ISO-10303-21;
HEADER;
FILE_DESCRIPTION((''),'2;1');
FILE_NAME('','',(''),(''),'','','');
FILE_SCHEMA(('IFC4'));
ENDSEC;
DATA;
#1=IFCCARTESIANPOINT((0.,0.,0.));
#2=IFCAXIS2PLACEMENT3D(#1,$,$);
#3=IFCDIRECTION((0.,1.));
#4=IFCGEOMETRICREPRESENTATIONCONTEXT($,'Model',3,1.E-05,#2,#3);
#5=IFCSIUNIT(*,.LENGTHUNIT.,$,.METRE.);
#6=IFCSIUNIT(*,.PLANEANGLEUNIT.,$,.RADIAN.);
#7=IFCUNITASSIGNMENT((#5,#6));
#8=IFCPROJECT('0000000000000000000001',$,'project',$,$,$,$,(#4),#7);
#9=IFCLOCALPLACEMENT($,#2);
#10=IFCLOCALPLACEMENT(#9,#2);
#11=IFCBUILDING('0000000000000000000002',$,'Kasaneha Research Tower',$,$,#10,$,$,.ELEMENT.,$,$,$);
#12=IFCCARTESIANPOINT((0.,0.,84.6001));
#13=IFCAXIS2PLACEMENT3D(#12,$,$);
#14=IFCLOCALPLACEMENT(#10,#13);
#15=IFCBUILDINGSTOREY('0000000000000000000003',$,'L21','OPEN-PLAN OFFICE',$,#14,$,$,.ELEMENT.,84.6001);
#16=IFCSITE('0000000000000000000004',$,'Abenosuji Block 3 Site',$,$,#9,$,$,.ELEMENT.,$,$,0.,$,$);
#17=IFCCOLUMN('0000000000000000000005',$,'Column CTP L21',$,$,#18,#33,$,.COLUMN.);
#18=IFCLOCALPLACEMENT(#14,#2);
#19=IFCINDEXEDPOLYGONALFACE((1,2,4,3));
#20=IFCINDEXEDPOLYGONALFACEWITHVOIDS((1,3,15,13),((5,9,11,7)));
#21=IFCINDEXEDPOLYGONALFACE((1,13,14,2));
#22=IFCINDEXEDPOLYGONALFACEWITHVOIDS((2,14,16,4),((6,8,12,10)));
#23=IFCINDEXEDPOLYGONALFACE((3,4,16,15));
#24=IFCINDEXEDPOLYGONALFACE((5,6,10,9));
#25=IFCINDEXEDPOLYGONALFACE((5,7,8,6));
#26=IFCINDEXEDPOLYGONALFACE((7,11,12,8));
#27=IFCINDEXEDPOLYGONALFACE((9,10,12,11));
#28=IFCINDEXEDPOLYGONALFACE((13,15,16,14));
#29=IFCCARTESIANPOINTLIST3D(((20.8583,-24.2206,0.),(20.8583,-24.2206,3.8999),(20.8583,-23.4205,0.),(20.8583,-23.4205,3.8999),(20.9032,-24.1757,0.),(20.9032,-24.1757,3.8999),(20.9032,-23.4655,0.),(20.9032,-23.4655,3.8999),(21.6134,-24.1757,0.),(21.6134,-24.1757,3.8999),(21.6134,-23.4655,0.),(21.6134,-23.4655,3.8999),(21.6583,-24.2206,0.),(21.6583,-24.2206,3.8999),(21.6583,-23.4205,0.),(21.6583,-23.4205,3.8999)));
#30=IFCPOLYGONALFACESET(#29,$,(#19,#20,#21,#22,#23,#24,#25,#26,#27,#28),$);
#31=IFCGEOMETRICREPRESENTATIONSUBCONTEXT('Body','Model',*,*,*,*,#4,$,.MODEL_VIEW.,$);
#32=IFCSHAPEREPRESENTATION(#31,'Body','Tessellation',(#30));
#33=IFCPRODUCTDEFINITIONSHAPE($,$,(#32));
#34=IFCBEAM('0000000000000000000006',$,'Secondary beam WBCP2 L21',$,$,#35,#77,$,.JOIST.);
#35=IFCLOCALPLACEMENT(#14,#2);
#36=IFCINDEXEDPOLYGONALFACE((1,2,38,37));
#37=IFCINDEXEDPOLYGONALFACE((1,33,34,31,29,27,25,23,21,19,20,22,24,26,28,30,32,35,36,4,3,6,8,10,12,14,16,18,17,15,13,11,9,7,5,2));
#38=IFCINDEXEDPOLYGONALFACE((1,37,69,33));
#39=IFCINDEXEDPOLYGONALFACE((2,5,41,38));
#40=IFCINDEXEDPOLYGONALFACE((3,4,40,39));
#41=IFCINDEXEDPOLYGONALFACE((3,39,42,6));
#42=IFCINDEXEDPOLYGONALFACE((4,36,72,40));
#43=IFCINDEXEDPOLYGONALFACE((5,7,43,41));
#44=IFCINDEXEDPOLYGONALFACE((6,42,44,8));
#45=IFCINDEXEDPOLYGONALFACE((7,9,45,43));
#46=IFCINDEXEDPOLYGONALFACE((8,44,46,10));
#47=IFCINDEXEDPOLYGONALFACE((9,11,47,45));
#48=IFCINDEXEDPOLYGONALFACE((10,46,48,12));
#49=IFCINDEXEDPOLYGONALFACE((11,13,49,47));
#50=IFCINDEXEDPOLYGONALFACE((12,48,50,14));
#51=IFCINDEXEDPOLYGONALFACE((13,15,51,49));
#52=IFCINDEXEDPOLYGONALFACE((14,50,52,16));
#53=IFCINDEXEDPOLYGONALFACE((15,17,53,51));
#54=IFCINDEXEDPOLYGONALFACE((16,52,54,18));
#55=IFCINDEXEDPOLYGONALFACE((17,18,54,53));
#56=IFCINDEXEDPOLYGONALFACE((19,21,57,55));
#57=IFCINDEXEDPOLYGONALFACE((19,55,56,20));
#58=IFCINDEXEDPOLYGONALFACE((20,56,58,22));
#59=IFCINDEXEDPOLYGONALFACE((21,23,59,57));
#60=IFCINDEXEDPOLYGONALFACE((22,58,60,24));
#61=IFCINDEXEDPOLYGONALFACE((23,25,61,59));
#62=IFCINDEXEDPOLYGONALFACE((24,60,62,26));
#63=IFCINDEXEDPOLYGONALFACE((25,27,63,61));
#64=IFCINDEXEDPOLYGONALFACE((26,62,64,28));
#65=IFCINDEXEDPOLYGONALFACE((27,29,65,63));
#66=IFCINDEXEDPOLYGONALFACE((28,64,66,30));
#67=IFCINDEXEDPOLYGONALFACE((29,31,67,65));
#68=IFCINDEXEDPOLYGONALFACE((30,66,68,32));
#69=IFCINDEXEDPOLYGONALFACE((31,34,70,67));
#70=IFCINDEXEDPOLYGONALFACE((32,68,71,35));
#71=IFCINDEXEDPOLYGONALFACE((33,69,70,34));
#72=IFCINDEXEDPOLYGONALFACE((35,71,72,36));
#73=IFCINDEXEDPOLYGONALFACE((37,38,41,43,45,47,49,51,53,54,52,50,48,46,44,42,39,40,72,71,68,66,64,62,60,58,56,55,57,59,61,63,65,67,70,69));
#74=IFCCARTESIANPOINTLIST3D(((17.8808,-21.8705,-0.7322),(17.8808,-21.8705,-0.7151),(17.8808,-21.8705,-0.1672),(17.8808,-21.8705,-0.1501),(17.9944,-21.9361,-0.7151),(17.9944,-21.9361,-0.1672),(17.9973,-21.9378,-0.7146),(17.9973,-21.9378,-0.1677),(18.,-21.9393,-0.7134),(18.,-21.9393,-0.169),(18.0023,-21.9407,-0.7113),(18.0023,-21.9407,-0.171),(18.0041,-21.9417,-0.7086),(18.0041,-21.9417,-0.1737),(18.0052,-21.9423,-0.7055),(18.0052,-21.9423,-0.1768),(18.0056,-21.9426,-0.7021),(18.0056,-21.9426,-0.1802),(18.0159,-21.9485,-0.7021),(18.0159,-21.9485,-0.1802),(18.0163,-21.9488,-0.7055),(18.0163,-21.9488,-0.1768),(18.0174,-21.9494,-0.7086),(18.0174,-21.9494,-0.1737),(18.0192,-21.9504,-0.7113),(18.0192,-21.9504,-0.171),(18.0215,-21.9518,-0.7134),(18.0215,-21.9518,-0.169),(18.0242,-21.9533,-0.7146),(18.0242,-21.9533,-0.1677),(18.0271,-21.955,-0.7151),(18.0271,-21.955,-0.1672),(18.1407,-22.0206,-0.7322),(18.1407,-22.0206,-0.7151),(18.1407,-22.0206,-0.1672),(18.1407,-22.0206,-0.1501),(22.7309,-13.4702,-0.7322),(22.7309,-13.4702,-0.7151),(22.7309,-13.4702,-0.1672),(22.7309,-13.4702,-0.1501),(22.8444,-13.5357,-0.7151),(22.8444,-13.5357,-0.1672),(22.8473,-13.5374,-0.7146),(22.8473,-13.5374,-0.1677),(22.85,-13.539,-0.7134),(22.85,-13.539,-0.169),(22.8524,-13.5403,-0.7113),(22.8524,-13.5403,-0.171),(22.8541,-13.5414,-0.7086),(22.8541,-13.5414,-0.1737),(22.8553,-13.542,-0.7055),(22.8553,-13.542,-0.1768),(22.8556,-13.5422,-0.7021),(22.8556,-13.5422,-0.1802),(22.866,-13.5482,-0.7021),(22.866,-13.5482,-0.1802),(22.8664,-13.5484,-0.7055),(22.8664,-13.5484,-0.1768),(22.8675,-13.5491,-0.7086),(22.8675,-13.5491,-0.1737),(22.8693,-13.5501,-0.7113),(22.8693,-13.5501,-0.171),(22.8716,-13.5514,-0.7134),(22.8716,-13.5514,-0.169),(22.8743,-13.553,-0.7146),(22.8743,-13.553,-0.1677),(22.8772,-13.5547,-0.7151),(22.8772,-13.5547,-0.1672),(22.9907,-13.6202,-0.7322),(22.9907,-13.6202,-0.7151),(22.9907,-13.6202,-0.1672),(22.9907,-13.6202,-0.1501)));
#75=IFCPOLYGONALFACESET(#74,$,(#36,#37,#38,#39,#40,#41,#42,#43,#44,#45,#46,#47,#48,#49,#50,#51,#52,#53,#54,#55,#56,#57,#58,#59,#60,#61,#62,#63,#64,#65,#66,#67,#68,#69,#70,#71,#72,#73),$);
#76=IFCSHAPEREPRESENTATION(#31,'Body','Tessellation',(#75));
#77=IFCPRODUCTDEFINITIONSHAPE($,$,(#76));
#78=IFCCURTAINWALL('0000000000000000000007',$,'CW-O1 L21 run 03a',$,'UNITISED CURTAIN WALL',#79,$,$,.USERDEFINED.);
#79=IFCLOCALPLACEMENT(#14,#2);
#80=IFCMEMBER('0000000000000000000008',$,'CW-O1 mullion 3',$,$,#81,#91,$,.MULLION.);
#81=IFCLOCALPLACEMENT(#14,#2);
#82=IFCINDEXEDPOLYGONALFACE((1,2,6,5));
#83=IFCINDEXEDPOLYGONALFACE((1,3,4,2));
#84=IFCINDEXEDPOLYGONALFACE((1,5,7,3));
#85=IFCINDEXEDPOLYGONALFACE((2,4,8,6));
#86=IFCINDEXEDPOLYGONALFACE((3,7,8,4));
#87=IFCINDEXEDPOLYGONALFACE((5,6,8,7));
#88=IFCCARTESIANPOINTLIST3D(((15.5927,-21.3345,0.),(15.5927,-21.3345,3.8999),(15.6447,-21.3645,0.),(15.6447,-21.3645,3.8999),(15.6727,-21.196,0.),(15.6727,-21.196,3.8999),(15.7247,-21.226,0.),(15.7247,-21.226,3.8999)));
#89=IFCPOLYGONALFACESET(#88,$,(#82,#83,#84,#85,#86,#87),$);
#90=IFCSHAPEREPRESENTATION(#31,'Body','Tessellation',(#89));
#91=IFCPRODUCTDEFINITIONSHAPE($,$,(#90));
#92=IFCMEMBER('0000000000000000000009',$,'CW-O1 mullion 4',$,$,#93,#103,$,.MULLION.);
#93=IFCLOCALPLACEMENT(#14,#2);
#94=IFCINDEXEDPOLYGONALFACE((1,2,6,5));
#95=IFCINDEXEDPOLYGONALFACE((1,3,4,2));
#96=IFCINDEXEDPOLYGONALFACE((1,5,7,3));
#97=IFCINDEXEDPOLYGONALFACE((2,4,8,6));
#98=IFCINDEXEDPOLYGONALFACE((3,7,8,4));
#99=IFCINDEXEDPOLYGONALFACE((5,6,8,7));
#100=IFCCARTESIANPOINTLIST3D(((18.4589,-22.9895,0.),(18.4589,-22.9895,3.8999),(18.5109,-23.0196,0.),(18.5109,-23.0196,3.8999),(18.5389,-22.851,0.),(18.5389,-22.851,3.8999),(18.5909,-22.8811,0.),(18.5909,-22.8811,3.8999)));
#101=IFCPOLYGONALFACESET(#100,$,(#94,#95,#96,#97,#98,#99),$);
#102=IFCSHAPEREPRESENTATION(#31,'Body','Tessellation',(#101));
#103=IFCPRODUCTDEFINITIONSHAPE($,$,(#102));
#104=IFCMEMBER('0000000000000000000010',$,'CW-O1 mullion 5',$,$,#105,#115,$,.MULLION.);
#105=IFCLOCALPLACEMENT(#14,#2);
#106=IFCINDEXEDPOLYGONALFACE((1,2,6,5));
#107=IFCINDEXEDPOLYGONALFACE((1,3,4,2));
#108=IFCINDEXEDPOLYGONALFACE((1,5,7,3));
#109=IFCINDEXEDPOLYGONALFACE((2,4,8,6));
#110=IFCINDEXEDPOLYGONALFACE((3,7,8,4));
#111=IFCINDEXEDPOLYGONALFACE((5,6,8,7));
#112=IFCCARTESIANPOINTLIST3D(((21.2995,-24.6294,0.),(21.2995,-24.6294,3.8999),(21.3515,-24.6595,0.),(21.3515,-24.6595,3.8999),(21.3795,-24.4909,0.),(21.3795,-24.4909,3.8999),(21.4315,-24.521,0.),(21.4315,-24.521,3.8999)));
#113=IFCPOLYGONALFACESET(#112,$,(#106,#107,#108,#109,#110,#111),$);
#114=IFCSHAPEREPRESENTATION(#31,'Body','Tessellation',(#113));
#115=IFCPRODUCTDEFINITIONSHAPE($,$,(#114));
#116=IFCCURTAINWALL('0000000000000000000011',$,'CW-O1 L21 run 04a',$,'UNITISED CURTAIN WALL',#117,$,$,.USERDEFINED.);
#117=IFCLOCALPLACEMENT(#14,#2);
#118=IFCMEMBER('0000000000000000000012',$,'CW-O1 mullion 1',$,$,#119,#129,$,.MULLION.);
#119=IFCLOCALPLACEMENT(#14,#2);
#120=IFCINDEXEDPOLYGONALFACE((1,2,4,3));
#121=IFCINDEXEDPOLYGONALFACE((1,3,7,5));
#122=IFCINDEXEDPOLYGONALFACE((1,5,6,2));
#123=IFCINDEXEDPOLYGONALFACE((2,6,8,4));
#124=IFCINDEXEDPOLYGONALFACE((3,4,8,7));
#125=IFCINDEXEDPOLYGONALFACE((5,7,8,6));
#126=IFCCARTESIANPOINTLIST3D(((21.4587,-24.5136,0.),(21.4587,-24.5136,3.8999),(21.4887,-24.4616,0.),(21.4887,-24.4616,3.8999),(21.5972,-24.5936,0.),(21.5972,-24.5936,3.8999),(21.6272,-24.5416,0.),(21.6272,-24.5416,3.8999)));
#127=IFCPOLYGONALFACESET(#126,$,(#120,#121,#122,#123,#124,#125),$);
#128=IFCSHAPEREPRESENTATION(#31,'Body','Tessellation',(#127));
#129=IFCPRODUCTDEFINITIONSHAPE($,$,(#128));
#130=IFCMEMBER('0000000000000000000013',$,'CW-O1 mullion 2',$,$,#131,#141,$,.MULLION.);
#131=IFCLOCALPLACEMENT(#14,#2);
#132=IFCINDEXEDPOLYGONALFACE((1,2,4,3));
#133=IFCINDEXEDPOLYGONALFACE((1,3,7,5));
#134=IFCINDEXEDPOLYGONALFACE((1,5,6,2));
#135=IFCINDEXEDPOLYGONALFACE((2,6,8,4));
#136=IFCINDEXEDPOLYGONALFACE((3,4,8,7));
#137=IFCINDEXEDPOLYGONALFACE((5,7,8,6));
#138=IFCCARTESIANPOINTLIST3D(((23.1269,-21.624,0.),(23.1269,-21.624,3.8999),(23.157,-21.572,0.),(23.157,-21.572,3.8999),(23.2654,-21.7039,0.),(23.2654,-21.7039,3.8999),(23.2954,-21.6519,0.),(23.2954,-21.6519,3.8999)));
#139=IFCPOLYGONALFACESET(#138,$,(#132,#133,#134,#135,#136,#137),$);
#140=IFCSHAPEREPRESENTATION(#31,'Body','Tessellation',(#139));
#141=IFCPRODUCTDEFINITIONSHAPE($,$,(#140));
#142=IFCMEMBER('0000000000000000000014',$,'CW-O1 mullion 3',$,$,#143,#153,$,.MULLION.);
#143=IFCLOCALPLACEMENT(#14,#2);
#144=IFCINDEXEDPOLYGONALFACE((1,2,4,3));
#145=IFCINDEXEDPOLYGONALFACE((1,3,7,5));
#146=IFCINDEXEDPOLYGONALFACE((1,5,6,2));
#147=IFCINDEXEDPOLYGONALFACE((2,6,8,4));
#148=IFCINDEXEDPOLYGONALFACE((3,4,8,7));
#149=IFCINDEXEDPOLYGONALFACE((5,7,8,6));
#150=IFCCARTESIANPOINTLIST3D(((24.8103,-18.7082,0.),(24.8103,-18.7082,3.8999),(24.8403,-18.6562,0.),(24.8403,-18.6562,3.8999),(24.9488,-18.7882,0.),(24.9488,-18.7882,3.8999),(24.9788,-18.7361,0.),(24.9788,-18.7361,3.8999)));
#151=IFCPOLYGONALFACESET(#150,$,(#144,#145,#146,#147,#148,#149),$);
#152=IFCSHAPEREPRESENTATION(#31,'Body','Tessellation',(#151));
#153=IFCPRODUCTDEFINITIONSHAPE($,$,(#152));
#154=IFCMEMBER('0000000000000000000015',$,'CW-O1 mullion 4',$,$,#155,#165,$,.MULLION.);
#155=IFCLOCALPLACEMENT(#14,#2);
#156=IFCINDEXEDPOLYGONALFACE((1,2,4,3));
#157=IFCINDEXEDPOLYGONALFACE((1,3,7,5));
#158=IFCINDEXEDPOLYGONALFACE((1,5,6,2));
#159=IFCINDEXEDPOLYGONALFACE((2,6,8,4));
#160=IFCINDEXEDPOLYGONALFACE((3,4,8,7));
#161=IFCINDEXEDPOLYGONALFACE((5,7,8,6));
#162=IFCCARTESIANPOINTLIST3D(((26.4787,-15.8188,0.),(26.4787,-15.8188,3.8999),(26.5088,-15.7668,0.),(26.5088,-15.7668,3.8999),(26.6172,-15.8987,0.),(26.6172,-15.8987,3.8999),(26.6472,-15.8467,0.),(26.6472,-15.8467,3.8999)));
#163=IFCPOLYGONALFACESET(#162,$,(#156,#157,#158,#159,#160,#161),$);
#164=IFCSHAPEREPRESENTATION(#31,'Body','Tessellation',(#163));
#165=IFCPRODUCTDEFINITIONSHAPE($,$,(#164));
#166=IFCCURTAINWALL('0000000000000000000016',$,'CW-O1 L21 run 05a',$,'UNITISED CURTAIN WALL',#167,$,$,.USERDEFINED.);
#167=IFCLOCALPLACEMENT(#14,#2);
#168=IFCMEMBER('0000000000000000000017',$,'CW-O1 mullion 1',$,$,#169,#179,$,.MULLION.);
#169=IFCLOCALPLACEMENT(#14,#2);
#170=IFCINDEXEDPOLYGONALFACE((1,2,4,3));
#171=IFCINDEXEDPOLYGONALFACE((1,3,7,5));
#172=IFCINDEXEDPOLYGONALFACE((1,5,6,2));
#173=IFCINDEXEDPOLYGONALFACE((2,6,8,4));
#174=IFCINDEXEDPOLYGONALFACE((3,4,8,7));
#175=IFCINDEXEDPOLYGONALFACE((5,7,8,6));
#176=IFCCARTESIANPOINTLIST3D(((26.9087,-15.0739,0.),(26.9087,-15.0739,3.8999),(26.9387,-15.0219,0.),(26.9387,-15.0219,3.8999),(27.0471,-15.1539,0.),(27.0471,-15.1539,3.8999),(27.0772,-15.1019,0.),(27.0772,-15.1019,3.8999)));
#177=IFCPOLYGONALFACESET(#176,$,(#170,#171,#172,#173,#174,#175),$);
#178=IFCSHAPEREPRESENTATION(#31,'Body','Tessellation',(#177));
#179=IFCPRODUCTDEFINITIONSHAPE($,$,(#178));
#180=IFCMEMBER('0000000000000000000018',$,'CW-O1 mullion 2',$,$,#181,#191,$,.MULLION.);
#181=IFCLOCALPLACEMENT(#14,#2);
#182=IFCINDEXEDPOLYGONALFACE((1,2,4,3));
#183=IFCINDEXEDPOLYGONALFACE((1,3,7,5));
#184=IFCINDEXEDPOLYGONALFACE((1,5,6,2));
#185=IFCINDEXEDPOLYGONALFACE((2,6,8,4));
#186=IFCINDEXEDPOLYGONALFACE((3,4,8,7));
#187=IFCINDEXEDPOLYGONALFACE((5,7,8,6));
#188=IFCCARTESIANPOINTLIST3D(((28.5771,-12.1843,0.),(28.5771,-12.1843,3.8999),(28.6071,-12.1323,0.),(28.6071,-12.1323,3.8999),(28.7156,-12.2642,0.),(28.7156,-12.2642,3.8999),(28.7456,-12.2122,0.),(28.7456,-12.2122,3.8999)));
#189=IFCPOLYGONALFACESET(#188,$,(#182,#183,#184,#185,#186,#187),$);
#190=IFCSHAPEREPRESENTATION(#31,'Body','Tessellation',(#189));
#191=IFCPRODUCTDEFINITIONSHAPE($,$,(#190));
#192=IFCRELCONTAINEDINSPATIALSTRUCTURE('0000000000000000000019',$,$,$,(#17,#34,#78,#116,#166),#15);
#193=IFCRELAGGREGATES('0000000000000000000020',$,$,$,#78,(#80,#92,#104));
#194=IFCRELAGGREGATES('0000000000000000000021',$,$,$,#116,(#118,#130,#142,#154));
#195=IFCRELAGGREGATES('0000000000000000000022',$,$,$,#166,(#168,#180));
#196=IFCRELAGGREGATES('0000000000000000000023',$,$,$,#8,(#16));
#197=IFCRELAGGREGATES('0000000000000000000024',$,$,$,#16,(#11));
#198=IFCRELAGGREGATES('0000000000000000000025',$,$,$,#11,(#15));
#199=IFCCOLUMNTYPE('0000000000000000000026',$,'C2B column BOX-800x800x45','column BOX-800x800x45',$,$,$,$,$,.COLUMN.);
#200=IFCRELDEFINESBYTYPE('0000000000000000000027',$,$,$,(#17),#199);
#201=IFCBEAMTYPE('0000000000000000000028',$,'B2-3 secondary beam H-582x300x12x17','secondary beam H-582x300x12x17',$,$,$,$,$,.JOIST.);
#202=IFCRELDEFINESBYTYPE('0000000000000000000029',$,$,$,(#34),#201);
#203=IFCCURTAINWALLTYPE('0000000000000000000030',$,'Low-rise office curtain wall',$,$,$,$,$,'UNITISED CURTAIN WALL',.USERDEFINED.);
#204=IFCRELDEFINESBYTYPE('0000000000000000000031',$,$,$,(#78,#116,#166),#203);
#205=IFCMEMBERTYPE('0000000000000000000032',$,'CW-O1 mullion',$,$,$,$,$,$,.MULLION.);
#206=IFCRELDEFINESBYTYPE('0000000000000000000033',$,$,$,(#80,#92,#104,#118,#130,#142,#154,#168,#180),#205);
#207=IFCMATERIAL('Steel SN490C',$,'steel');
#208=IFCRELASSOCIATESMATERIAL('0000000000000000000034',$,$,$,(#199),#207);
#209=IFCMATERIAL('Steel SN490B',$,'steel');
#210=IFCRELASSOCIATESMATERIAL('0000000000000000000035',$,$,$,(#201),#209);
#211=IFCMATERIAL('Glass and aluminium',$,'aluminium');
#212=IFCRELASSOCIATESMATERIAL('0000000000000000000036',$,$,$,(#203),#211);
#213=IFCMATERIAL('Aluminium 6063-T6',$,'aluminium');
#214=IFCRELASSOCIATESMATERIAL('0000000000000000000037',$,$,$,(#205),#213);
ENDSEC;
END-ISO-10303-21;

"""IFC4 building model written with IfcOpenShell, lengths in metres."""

from ifc_helpers import new_model, si_unit, direction, frame, origin, origin_2d, place, context, subcontext, project, spatial, rectangle, hollow_rectangle, i_section, extrude, material, material_profile, profile_set, type_object, element, aggregate, save


model = new_model("IFC4")

# Units and contexts
model_context = context("Model", 3, precision=1e-05, world=origin(), true_north=direction((0.0, 1.0)))
body_context = subcontext(model_context, "Body", "Model", "MODEL_VIEW")
ifc_project = project(units=[si_unit("LENGTHUNIT", "METRE"), si_unit("PLANEANGLEUNIT", "RADIAN")], contexts=[model_context])

# Site, building, storey
site_placement = place(None, origin())
site = spatial("IfcSite", under=ifc_project, at=site_placement, Name="Abenosuji Block 3 Site", CompositionType="ELEMENT", RefElevation=0.0)
building_placement = place(site_placement, origin())
building = spatial("IfcBuilding", under=site, at=building_placement, Name="Kasaneha Research Tower", CompositionType="ELEMENT")
storey_placement = place(building_placement, frame((0.0, 0.0, 84.6001)))
storey = spatial("IfcBuildingStorey", under=building, at=storey_placement, Name="L21", Description="OPEN-PLAN OFFICE", CompositionType="ELEMENT", Elevation=84.6001)

# Column
ifc_material_1 = material(Name="Steel SN490C", Category="steel")
ifc_material_profile_1 = material_profile(ifc_material_1, hollow_rectangle(XDim=0.8, YDim=0.8, WallThickness=0.0449, at=origin_2d()), Name="BOX-800x800x45")
ifc_profile_set_1 = profile_set([ifc_material_profile_1], Name="Steel SN490C")
column_type = type_object("IfcColumnType", Name="C2B column BOX-800x800x45", Description="column BOX-800x800x45", PredefinedType="COLUMN", material=ifc_profile_set_1)
column_placement = place(storey_placement, frame((21.2583, -23.8206, 0.0), z_axis=(0.0, 0.0, 1.0), x_axis=(1.0, 0.0, 0.0)))
element("IfcColumn", 1, at=column_placement, inside=storey, type_object=column_type, Name="Column CTP L21", PredefinedType="COLUMN", context=body_context, shape_type="SweptSolid", body=[
    extrude(hollow_rectangle(XDim=0.8, YDim=0.8, WallThickness=0.0449, at=origin_2d()), origin(), (0.0, 0.0, 1.0), 3.8999),
])

# Beam
ifc_material_2 = material(Name="Steel SN490B", Category="steel")
ifc_material_profile_2 = material_profile(ifc_material_2, i_section(OverallWidth=0.3, OverallDepth=0.582, WebThickness=0.012, FlangeThickness=0.0171, FilletRadius=0.0129, at=origin_2d()), Name="H-582x300x12x17")
ifc_profile_set_2 = profile_set([ifc_material_profile_2], Name="Steel SN490B")
beam_type_1 = type_object("IfcBeamType", Name="B2-3 secondary beam H-582x300x12x17", Description="secondary beam H-582x300x12x17", PredefinedType="JOIST", material=ifc_profile_set_2)
beam_1_placement = place(storey_placement, frame((18.0107, -21.9456, -0.4412), z_axis=(0.50001, 0.86602, 0.0), x_axis=(-0.86602, 0.50001, 0.0)))
element("IfcBeam", 2, at=beam_1_placement, inside=storey, type_object=beam_type_1, Name="Secondary beam WBCP2 L21", PredefinedType="JOIST", context=body_context, shape_type="SweptSolid", body=[
    extrude(i_section(OverallWidth=0.3, OverallDepth=0.582, WebThickness=0.012, FlangeThickness=0.0171, FilletRadius=0.0129, at=origin_2d()), origin(), (0.0, 0.0, 1.0), 9.7),
])

# Curtain walls, members
ifc_material_3 = material(Name="Glass and aluminium", Category="aluminium")
curtain_wall_type = type_object("IfcCurtainWallType", Name="Low-rise office curtain wall", ElementType="UNITISED CURTAIN WALL", PredefinedType="USERDEFINED", material=ifc_material_3)
curtain_wall_1_placement = place(storey_placement, origin())
curtain_wall_1 = element("IfcCurtainWall", 3, at=curtain_wall_1_placement, inside=storey, type_object=curtain_wall_type, Name="CW-O1 L21 run 03a", ObjectType="UNITISED CURTAIN WALL", PredefinedType="USERDEFINED")
ifc_material_4 = material(Name="Aluminium 6063-T6", Category="aluminium")
ifc_material_profile_3 = material_profile(ifc_material_4, rectangle(XDim=0.0601, YDim=0.1599, at=origin_2d()), Name="CW-O1 mullion 60x160")
ifc_profile_set_3 = profile_set([ifc_material_profile_3], Name="Aluminium 6063-T6")
member_type_1 = type_object("IfcMemberType", Name="CW-O1 mullion", PredefinedType="MULLION", material=ifc_profile_set_3)
member_1_placement = place(storey_placement, frame((15.6587, -21.2803, 0.0), z_axis=(0.0, 0.0, 1.0), x_axis=(0.866025, -0.5, 0.0)))
member_1 = element("IfcMember", 4, at=member_1_placement, type_object=member_type_1, Name="CW-O1 mullion 3", PredefinedType="MULLION", context=body_context, shape_type="SweptSolid", body=[
    extrude(rectangle(XDim=0.0601, YDim=0.1599, at=origin_2d()), origin(), (0.0, 0.0, 1.0), 3.8999),
])
member_2_placement = place(storey_placement, frame((18.5249, -22.9353, 0.0), z_axis=(0.0, 0.0, 1.0), x_axis=(0.866025, -0.5, 0.0)))
member_2 = element("IfcMember", 5, at=member_2_placement, type_object=member_type_1, Name="CW-O1 mullion 4", PredefinedType="MULLION", context=body_context, shape_type="SweptSolid", body=[
    extrude(rectangle(XDim=0.0601, YDim=0.1599, at=origin_2d()), origin(), (0.0, 0.0, 1.0), 3.8999),
])
member_3_placement = place(storey_placement, frame((21.3655, -24.5752, 0.0), z_axis=(0.0, 0.0, 1.0), x_axis=(0.866025, -0.5, 0.0)))
member_3 = element("IfcMember", 6, at=member_3_placement, type_object=member_type_1, Name="CW-O1 mullion 5", PredefinedType="MULLION", context=body_context, shape_type="SweptSolid", body=[
    extrude(rectangle(XDim=0.0601, YDim=0.1599, at=origin_2d()), origin(), (0.0, 0.0, 1.0), 3.8999),
])
curtain_wall_2_placement = place(storey_placement, origin())
curtain_wall_2 = element("IfcCurtainWall", 7, at=curtain_wall_2_placement, inside=storey, type_object=curtain_wall_type, Name="CW-O1 L21 run 04a", ObjectType="UNITISED CURTAIN WALL", PredefinedType="USERDEFINED")
member_4_placement = place(storey_placement, frame((21.543, -24.5276, 0.0), z_axis=(0.0, 0.0, 1.0), x_axis=(0.5, 0.866025, 0.0)))
member_4 = element("IfcMember", 8, at=member_4_placement, type_object=member_type_1, Name="CW-O1 mullion 1", PredefinedType="MULLION", context=body_context, shape_type="SweptSolid", body=[
    extrude(rectangle(XDim=0.0601, YDim=0.1599, at=origin_2d()), origin(), (0.0, 0.0, 1.0), 3.8999),
])
member_5_placement = place(storey_placement, frame((23.2112, -21.6379, 0.0), z_axis=(0.0, 0.0, 1.0), x_axis=(0.5, 0.866025, 0.0)))
member_5 = element("IfcMember", 9, at=member_5_placement, type_object=member_type_1, Name="CW-O1 mullion 2", PredefinedType="MULLION", context=body_context, shape_type="SweptSolid", body=[
    extrude(rectangle(XDim=0.0601, YDim=0.1599, at=origin_2d()), origin(), (0.0, 0.0, 1.0), 3.8999),
])
member_6_placement = place(storey_placement, frame((24.8945, -18.7222, 0.0), z_axis=(0.0, 0.0, 1.0), x_axis=(0.5, 0.866025, 0.0)))
member_6 = element("IfcMember", 10, at=member_6_placement, type_object=member_type_1, Name="CW-O1 mullion 3", PredefinedType="MULLION", context=body_context, shape_type="SweptSolid", body=[
    extrude(rectangle(XDim=0.0601, YDim=0.1599, at=origin_2d()), origin(), (0.0, 0.0, 1.0), 3.8999),
])
member_7_placement = place(storey_placement, frame((26.563, -15.8328, 0.0), z_axis=(0.0, 0.0, 1.0), x_axis=(0.5, 0.866025, 0.0)))
member_7 = element("IfcMember", 11, at=member_7_placement, type_object=member_type_1, Name="CW-O1 mullion 4", PredefinedType="MULLION", context=body_context, shape_type="SweptSolid", body=[
    extrude(rectangle(XDim=0.0601, YDim=0.1599, at=origin_2d()), origin(), (0.0, 0.0, 1.0), 3.8999),
])
curtain_wall_3_placement = place(storey_placement, origin())
curtain_wall_3 = element("IfcCurtainWall", 12, at=curtain_wall_3_placement, inside=storey, type_object=curtain_wall_type, Name="CW-O1 L21 run 05a", ObjectType="UNITISED CURTAIN WALL", PredefinedType="USERDEFINED")
member_8_placement = place(storey_placement, frame((26.9929, -15.0879, 0.0), z_axis=(0.0, 0.0, 1.0), x_axis=(0.5, 0.866025, 0.0)))
member_8 = element("IfcMember", 13, at=member_8_placement, type_object=member_type_1, Name="CW-O1 mullion 1", PredefinedType="MULLION", context=body_context, shape_type="SweptSolid", body=[
    extrude(rectangle(XDim=0.0601, YDim=0.1599, at=origin_2d()), origin(), (0.0, 0.0, 1.0), 3.8999),
])
member_9_placement = place(storey_placement, frame((28.6614, -12.1982, 0.0), z_axis=(0.0, 0.0, 1.0), x_axis=(0.5, 0.866025, 0.0)))
member_9 = element("IfcMember", 14, at=member_9_placement, type_object=member_type_1, Name="CW-O1 mullion 2", PredefinedType="MULLION", context=body_context, shape_type="SweptSolid", body=[
    extrude(rectangle(XDim=0.0601, YDim=0.1599, at=origin_2d()), origin(), (0.0, 0.0, 1.0), 3.8999),
])

aggregate(curtain_wall_1, [member_1, member_2, member_3])
aggregate(curtain_wall_2, [member_4, member_5, member_6, member_7])
aggregate(curtain_wall_3, [member_8, member_9])

save(model, "model.ifc")
